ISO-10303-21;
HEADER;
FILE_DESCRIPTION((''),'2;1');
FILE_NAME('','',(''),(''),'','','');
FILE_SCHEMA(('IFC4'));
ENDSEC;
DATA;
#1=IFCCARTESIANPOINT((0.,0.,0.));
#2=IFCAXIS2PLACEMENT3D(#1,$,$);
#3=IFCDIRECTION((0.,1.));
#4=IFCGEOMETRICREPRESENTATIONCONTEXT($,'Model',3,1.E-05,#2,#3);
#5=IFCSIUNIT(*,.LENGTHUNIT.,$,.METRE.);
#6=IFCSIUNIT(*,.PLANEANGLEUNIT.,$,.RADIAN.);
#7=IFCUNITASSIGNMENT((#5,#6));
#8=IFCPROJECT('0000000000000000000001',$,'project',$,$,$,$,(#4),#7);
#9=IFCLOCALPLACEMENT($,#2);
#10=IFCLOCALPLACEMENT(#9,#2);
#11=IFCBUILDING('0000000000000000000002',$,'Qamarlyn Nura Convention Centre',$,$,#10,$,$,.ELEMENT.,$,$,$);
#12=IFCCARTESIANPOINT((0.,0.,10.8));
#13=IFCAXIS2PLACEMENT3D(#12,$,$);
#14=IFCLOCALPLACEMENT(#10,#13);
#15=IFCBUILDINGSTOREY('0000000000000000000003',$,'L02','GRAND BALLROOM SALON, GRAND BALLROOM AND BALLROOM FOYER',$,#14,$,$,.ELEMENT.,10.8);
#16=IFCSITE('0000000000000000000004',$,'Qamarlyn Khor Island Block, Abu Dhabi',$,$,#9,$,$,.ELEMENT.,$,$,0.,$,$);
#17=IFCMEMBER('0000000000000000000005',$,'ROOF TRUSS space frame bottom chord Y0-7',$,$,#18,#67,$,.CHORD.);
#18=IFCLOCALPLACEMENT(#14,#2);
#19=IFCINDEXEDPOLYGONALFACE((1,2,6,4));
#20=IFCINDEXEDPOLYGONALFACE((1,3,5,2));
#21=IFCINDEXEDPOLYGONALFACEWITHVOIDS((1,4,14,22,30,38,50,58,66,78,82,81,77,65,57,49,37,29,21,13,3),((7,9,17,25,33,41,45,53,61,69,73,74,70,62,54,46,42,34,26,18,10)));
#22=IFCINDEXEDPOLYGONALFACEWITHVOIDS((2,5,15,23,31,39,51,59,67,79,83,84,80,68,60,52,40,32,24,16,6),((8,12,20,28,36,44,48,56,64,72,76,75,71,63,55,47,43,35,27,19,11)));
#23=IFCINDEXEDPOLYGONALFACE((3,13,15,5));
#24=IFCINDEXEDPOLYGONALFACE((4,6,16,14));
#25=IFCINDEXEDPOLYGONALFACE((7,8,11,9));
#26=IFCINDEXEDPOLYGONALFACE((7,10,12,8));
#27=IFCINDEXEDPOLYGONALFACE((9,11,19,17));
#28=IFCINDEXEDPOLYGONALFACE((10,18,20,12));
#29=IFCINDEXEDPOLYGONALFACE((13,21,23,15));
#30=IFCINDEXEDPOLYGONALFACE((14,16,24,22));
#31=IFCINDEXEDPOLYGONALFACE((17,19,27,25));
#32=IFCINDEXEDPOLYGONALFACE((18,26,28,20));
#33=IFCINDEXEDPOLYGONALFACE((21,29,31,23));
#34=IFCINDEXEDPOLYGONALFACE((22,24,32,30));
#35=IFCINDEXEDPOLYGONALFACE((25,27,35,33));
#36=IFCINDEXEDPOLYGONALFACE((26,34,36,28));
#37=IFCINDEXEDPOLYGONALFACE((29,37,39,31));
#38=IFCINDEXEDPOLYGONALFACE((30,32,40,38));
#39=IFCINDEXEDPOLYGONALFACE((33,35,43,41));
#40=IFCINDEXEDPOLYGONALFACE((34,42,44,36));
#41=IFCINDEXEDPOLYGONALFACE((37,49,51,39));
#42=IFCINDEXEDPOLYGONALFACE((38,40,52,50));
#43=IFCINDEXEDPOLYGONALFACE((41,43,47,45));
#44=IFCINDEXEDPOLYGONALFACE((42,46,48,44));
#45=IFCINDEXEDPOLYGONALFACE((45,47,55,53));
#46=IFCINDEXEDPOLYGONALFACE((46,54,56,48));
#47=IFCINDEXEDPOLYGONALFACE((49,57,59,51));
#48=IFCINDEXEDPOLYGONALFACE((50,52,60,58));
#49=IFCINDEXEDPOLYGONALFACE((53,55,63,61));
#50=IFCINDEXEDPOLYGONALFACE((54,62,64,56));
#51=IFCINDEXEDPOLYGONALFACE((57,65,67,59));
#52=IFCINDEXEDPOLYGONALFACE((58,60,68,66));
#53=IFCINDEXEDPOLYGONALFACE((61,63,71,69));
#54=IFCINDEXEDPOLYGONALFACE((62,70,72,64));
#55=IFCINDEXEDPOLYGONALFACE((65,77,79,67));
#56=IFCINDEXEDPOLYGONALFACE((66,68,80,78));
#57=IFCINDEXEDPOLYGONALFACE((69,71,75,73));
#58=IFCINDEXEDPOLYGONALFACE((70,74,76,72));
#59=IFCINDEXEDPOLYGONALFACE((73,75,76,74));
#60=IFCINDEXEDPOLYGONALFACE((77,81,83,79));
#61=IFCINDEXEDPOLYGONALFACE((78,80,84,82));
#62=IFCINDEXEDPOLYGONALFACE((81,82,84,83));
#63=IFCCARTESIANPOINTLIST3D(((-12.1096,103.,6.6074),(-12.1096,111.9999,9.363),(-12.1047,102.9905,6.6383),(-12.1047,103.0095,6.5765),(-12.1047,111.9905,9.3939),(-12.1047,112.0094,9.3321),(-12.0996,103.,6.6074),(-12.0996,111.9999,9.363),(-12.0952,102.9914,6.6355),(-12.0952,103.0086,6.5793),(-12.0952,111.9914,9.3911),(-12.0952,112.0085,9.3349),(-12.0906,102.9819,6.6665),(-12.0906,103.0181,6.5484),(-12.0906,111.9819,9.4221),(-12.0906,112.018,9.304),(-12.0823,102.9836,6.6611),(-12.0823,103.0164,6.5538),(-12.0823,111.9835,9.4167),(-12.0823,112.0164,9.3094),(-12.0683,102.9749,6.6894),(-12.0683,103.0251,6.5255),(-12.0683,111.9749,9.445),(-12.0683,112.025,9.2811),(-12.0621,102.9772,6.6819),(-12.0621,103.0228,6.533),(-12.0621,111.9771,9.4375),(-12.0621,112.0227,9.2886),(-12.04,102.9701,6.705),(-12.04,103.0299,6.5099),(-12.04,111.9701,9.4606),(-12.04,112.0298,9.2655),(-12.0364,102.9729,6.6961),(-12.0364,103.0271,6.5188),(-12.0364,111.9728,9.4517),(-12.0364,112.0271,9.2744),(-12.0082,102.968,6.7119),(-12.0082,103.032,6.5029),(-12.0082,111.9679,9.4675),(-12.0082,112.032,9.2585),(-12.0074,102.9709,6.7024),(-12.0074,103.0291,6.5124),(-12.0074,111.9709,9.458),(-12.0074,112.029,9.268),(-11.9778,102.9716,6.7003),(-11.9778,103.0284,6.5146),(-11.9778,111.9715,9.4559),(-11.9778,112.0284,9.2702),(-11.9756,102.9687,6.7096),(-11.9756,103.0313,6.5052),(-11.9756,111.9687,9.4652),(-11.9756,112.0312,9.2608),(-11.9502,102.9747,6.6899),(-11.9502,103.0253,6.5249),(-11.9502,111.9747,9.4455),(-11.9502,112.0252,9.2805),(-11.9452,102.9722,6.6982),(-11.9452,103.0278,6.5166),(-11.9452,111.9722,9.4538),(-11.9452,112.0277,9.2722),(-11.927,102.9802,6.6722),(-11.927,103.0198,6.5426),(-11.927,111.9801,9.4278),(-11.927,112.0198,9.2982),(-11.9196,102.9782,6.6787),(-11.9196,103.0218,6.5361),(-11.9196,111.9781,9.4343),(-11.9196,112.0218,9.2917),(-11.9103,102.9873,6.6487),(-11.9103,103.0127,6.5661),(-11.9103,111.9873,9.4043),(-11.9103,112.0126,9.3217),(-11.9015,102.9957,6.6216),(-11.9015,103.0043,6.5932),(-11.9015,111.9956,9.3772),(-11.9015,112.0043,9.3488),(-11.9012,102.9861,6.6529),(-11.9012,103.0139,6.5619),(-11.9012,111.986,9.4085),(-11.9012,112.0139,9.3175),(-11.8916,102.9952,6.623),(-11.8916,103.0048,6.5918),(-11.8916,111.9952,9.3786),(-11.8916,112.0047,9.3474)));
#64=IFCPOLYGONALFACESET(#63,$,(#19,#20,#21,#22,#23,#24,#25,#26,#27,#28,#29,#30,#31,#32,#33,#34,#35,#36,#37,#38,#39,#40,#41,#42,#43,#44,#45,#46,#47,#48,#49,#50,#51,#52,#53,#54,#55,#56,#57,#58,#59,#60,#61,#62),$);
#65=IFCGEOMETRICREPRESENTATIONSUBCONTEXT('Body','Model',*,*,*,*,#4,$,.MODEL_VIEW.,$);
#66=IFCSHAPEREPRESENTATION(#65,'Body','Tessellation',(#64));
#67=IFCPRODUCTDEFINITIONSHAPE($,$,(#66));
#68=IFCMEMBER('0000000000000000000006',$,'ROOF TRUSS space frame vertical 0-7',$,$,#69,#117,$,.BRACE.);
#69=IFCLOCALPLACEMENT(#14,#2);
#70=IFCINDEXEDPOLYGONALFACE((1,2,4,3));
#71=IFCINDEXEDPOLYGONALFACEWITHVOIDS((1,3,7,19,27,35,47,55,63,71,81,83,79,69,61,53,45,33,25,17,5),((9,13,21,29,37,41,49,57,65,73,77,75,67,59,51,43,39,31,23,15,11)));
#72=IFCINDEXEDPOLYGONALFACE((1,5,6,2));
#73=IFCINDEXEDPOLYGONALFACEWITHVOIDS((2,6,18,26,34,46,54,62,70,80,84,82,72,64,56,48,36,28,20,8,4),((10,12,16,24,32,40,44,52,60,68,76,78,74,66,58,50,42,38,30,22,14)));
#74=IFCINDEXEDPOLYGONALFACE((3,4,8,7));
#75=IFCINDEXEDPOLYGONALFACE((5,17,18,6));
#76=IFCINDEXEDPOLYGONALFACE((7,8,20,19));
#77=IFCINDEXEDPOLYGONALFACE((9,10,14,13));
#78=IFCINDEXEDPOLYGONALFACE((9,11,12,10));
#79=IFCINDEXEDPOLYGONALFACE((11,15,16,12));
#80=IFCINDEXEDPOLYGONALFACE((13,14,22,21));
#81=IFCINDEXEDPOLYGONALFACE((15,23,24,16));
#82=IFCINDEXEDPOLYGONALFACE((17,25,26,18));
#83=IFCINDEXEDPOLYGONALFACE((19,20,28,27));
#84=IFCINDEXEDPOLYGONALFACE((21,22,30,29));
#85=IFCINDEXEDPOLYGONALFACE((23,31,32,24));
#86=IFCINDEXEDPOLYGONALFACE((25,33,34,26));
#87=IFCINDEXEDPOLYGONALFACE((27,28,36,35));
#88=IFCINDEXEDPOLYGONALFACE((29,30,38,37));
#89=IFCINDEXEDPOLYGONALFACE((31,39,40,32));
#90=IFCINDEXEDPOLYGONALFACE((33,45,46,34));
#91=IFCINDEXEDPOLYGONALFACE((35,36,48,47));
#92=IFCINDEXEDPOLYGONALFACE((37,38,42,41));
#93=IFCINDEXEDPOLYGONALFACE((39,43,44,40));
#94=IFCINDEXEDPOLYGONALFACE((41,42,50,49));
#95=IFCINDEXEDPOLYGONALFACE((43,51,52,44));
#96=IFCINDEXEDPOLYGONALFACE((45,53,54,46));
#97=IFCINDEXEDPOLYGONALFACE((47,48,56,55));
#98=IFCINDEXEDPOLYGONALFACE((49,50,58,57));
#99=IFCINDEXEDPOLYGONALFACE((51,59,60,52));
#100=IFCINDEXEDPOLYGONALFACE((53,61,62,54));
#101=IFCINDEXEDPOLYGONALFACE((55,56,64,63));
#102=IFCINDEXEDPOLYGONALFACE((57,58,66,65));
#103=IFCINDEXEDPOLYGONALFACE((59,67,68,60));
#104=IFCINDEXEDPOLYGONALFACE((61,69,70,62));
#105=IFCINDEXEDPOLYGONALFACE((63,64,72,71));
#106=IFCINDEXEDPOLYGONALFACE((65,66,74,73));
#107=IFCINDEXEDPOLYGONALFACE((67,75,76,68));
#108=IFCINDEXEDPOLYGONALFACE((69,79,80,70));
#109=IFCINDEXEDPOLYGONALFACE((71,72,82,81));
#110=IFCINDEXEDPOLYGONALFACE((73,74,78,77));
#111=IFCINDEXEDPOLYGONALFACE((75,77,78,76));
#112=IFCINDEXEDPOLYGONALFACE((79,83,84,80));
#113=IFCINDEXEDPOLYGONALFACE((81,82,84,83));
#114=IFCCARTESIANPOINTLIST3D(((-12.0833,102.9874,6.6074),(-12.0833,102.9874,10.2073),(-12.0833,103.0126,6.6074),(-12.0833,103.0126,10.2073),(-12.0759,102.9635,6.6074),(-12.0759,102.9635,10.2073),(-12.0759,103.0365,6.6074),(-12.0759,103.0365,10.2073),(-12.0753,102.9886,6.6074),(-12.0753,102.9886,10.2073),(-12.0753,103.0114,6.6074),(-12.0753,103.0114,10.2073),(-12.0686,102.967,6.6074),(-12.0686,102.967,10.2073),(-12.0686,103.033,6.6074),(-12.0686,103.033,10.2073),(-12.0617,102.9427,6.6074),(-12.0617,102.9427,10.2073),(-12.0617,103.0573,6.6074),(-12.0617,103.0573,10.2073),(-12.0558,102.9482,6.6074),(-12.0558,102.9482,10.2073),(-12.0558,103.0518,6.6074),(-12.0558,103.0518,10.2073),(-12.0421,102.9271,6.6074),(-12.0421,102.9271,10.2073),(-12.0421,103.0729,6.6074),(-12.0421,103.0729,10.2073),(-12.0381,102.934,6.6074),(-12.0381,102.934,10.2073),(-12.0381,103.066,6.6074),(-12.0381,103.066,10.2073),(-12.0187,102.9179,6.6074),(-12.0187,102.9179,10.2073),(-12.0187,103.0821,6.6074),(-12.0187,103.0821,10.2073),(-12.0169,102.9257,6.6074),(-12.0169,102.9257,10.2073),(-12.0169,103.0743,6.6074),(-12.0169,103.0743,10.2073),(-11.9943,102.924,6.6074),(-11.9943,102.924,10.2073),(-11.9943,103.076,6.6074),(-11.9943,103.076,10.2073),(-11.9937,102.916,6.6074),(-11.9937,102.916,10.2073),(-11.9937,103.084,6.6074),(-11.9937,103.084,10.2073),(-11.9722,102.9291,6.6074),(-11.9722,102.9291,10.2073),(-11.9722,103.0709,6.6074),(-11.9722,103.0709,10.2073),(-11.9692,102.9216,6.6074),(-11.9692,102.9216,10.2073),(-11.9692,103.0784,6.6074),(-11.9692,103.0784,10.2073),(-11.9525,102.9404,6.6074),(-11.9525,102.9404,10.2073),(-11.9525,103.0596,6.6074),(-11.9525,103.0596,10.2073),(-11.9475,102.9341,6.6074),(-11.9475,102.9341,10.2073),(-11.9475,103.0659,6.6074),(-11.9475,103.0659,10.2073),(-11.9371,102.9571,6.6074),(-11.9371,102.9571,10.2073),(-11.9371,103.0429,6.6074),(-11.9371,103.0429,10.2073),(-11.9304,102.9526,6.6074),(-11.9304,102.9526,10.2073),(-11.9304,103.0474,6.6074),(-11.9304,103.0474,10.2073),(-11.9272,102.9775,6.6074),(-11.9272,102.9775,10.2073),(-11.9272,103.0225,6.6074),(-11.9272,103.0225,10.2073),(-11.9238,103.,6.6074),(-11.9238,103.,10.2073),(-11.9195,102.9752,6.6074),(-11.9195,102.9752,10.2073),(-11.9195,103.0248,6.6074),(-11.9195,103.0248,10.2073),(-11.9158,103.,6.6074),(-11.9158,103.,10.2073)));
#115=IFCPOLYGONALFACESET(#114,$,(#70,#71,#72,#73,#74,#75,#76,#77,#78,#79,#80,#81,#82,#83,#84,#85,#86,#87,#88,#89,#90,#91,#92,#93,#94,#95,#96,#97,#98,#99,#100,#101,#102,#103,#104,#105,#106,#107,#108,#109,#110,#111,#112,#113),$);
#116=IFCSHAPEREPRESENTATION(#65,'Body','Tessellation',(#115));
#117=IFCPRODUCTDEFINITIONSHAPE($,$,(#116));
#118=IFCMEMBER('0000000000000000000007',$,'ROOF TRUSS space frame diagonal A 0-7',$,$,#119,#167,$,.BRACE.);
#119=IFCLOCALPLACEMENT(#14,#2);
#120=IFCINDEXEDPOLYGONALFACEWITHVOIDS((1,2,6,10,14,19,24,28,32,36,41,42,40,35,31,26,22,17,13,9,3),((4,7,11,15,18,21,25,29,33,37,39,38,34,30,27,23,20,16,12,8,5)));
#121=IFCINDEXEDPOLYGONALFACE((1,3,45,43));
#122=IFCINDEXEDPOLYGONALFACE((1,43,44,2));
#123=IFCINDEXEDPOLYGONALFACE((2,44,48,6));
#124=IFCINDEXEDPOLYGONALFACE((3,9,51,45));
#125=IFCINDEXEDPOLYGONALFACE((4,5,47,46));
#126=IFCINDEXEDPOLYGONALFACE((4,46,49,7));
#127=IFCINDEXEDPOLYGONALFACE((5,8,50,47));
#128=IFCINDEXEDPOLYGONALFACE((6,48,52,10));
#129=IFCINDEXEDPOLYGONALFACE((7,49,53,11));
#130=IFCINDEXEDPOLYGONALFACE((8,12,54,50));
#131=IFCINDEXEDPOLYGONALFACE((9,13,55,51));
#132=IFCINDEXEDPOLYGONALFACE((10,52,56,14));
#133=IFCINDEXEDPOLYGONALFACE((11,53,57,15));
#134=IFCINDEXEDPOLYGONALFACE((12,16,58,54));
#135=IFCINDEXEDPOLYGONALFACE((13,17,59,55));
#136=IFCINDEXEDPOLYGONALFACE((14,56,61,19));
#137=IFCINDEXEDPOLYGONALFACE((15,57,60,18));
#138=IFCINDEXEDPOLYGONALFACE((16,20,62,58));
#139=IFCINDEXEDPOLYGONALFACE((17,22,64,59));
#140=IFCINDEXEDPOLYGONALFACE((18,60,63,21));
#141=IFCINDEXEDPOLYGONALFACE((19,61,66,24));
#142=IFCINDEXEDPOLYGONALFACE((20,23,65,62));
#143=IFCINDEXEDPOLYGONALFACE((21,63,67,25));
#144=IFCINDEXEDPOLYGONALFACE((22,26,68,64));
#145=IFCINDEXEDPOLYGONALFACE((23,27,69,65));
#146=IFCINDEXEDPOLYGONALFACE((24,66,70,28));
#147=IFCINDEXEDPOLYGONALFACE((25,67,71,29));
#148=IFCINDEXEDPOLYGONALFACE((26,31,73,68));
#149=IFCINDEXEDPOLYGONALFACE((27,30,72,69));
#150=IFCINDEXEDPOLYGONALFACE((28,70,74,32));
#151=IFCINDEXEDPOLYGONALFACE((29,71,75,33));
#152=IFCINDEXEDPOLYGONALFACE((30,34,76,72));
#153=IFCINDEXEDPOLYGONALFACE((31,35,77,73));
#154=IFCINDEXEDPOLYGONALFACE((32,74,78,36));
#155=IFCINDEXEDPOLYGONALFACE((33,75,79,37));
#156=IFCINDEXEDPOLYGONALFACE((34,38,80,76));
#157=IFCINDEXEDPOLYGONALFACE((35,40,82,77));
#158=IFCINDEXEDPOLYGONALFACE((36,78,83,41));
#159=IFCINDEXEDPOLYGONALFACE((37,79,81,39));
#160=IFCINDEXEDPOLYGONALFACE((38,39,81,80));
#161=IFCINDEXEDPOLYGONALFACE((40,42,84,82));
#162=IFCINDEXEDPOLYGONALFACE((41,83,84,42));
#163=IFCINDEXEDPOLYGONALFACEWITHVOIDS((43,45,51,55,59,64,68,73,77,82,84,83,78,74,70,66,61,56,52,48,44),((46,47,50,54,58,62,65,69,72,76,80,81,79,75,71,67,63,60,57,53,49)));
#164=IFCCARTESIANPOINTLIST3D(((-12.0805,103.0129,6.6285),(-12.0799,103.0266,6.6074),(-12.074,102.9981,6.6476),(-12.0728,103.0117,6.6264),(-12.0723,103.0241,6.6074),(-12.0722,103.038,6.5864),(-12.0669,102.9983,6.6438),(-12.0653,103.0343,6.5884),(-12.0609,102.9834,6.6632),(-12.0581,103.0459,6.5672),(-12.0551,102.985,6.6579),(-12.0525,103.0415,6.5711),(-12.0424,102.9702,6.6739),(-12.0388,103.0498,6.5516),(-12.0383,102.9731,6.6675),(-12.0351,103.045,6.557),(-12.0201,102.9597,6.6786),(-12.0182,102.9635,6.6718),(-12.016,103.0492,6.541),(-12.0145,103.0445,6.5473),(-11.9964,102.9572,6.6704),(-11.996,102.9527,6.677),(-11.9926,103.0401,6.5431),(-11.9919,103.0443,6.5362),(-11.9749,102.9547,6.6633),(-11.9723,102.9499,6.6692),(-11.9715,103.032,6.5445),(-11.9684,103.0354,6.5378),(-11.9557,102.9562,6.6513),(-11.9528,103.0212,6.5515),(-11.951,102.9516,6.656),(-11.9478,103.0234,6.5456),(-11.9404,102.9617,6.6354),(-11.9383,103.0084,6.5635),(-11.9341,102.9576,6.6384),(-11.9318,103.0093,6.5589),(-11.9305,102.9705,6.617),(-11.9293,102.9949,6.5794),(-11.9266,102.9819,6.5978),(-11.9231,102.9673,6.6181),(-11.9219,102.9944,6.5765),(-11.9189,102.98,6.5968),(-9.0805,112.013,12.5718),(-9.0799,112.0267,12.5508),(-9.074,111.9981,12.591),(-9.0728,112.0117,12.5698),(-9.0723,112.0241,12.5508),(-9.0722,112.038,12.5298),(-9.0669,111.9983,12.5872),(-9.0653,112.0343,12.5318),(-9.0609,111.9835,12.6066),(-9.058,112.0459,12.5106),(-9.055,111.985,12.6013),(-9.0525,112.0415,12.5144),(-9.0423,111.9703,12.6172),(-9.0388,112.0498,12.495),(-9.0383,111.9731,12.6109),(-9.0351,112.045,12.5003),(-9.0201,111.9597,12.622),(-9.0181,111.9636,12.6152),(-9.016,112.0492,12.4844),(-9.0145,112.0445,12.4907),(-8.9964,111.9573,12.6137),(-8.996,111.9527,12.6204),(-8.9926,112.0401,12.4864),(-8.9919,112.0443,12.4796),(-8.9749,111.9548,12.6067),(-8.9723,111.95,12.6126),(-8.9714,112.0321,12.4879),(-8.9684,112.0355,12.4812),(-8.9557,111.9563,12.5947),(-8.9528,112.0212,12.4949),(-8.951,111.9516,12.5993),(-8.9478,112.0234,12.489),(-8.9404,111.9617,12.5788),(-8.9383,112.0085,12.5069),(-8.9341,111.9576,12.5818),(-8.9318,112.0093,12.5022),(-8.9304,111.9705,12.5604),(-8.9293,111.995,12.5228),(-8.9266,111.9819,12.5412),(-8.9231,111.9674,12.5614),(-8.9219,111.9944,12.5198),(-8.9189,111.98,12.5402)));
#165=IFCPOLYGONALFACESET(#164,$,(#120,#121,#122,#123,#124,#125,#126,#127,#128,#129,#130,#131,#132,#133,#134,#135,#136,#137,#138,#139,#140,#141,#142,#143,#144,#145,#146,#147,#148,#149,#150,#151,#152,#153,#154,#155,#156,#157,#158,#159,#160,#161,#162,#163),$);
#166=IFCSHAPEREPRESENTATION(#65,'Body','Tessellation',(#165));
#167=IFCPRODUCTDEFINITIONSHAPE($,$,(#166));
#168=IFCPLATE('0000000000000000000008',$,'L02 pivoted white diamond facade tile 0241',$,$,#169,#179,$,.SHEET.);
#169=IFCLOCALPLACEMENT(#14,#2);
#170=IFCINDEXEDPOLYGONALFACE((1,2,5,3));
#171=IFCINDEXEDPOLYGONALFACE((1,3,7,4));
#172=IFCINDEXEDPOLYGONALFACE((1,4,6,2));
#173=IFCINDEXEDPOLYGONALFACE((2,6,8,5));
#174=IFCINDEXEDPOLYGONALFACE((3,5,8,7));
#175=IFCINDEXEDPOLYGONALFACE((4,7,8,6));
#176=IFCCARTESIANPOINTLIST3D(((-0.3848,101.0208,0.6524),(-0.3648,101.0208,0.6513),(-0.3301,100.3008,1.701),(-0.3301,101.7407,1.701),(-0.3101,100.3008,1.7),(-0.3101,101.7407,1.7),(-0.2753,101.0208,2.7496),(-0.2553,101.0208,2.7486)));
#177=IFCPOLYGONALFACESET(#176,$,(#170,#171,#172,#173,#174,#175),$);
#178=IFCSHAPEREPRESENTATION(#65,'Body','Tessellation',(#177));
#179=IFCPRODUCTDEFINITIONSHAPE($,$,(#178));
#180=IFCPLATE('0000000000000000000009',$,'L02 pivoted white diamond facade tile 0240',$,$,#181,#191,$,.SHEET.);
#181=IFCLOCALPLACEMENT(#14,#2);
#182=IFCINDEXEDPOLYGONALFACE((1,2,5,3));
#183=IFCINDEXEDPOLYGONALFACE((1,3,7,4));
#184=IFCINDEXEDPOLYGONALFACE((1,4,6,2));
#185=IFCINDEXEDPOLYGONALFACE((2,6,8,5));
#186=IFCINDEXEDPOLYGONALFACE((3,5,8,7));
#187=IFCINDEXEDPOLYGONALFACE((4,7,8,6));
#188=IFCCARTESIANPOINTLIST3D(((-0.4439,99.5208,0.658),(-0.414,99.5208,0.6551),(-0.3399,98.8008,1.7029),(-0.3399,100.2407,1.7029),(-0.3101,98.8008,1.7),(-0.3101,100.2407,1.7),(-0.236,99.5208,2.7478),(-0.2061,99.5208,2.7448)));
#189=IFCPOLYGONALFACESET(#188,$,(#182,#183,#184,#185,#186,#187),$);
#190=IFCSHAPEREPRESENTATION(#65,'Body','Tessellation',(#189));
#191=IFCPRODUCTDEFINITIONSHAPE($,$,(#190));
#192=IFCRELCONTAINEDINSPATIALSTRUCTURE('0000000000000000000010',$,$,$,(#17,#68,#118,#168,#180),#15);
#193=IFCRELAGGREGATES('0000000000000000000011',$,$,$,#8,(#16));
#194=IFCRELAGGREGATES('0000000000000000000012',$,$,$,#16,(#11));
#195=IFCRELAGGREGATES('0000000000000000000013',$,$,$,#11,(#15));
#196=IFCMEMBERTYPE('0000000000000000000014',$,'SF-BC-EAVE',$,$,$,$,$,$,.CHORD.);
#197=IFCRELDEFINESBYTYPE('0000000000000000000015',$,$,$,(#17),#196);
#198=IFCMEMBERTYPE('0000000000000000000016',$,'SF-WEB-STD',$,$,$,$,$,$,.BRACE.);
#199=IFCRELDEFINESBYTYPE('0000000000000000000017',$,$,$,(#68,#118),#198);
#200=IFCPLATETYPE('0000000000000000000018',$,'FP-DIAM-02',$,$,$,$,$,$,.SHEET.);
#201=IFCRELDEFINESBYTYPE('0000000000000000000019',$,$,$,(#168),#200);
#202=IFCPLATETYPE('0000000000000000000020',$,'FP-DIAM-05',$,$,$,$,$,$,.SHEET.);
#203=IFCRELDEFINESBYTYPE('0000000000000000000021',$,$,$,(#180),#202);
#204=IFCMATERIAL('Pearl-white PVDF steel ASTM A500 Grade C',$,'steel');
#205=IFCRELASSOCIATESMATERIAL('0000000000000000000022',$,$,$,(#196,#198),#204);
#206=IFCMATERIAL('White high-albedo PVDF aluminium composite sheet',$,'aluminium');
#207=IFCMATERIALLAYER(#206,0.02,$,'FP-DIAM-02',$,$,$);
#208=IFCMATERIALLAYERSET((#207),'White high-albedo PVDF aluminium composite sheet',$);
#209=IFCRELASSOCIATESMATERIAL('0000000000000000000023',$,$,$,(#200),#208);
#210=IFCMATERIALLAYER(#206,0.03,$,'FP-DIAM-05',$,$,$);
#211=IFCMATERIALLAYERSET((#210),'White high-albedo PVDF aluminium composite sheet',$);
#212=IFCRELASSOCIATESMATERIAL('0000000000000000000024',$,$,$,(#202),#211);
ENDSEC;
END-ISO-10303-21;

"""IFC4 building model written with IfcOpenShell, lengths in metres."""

from ifc_helpers import new_model, si_unit, direction, frame, origin, origin_2d, place, context, subcontext, project, spatial, polyline, hollow_circle, outline, extrude, material, layer, layer_set, material_profile, profile_set, type_object, element, save


model = new_model("IFC4")

# Units and contexts
model_context = context("Model", 3, precision=1e-05, world=origin(), true_north=direction((0.0, 1.0)))
body_context = subcontext(model_context, "Body", "Model", "MODEL_VIEW")
ifc_project = project(units=[si_unit("LENGTHUNIT", "METRE"), si_unit("PLANEANGLEUNIT", "RADIAN")], contexts=[model_context])

# Site, building, storey
site_placement = place(None, origin())
site = spatial("IfcSite", under=ifc_project, at=site_placement, Name="Qamarlyn Khor Island Block, Abu Dhabi", CompositionType="ELEMENT", RefElevation=0.0)
building_placement = place(site_placement, origin())
building = spatial("IfcBuilding", under=site, at=building_placement, Name="Qamarlyn Nura Convention Centre", CompositionType="ELEMENT")
storey_placement = place(building_placement, frame((0.0, 0.0, 10.8)))
storey = spatial("IfcBuildingStorey", under=building, at=storey_placement, Name="L02", Description="GRAND BALLROOM SALON, GRAND BALLROOM AND BALLROOM FOYER", CompositionType="ELEMENT", Elevation=10.8)

# Members
ifc_material_1 = material(Name="Pearl-white PVDF steel ASTM A500 Grade C", Category="steel")
ifc_material_profile_1 = material_profile(ifc_material_1, hollow_circle(Radius=0.1096, WallThickness=0.01, at=origin_2d()), Name="CHS219.1X10")
ifc_profile_set_1 = profile_set([ifc_material_profile_1], Name="Pearl-white PVDF steel ASTM A500 Grade C")
member_type_1 = type_object("IfcMemberType", Name="SF-BC-EAVE", PredefinedType="CHORD", material=ifc_profile_set_1)
member_1_placement = place(storey_placement, frame((-12.0, 103.0, 6.6074), z_axis=(0.0, 0.956185, 0.292764), x_axis=(-1.0, 0.0, 0.0)))
element("IfcMember", 1, at=member_1_placement, inside=storey, type_object=member_type_1, Name="ROOF TRUSS space frame bottom chord Y0-7", PredefinedType="CHORD", context=body_context, shape_type="SweptSolid", body=[
    extrude(hollow_circle(Radius=0.1096, WallThickness=0.01, at=origin_2d()), origin(), (0.0, 0.0, 1.0), 9.4124),
])
ifc_material_profile_2 = material_profile(ifc_material_1, hollow_circle(Radius=0.0842, WallThickness=0.0081, at=origin_2d()), Name="CHS168.3X8")
ifc_profile_set_2 = profile_set([ifc_material_profile_2], Name="Pearl-white PVDF steel ASTM A500 Grade C")
member_type_2 = type_object("IfcMemberType", Name="SF-WEB-STD", PredefinedType="BRACE", material=ifc_profile_set_2)
member_2_placement = place(storey_placement, frame((-12.0, 103.0, 6.6074), z_axis=(0.0, 0.0, 1.0), x_axis=(1.0, 0.0, 0.0)))
element("IfcMember", 2, at=member_2_placement, inside=storey, type_object=member_type_2, Name="ROOF TRUSS space frame vertical 0-7", PredefinedType="BRACE", context=body_context, shape_type="SweptSolid", body=[
    extrude(hollow_circle(Radius=0.0842, WallThickness=0.0081, at=origin_2d()), origin(), (0.0, 0.0, 1.0), 3.5999),
])
member_3_placement = place(storey_placement, frame((-12.0, 103.0, 6.6074), z_axis=(0.267982, 0.803945, 0.530904), x_axis=(-0.948683, 0.316228, 0.0)))
element("IfcMember", 3, at=member_3_placement, inside=storey, type_object=member_type_2, Name="ROOF TRUSS space frame diagonal A 0-7", PredefinedType="BRACE", context=body_context, shape_type="SweptSolid", body=[
    extrude(hollow_circle(Radius=0.0842, WallThickness=0.0081, at=origin_2d()), origin(), (0.0, 0.0, 1.0), 11.1948),
])

# Plates
ifc_material_2 = material(Name="White high-albedo PVDF aluminium composite sheet", Category="aluminium")
ifc_layer_1 = layer(ifc_material_2, 0.02, Name="FP-DIAM-02")
ifc_layer_set_1 = layer_set([ifc_layer_1], Name="White high-albedo PVDF aluminium composite sheet")
plate_type_1 = type_object("IfcPlateType", Name="FP-DIAM-02", PredefinedType="SHEET", material=ifc_layer_set_1)
plate_1_placement = place(storey_placement, frame((-0.3101, 101.0208, 1.7), z_axis=(-0.998639, 0.0, 0.052162), x_axis=(0.0, -1.0, 0.0)))
element("IfcPlate", 4, at=plate_1_placement, inside=storey, type_object=plate_type_1, Name="L02 pivoted white diamond facade tile 0241", PredefinedType="SHEET", context=body_context, shape_type="SweptSolid", body=[
    extrude(outline(polyline([(-0.72, 0.0), (0.0, -1.05), (0.72, 0.0), (0.0, 1.05), (-0.72, 0.0)])), origin(), (0.0, 0.0, 1.0), 0.02),
])
ifc_layer_2 = layer(ifc_material_2, 0.03, Name="FP-DIAM-05")
ifc_layer_set_2 = layer_set([ifc_layer_2], Name="White high-albedo PVDF aluminium composite sheet")
plate_type_2 = type_object("IfcPlateType", Name="FP-DIAM-05", PredefinedType="SHEET", material=ifc_layer_set_2)
plate_2_placement = place(storey_placement, frame((-0.3101, 99.5208, 1.7), z_axis=(-0.99509, 0.0, 0.098972), x_axis=(0.0, -1.0, 0.0)))
element("IfcPlate", 5, at=plate_2_placement, inside=storey, type_object=plate_type_2, Name="L02 pivoted white diamond facade tile 0240", PredefinedType="SHEET", context=body_context, shape_type="SweptSolid", body=[
    extrude(outline(polyline([(-0.72, 0.0), (0.0, -1.05), (0.72, 0.0), (0.0, 1.05), (-0.72, 0.0)])), origin(), (0.0, 0.0, 1.0), 0.03),
])

save(model, "model.ifc")
